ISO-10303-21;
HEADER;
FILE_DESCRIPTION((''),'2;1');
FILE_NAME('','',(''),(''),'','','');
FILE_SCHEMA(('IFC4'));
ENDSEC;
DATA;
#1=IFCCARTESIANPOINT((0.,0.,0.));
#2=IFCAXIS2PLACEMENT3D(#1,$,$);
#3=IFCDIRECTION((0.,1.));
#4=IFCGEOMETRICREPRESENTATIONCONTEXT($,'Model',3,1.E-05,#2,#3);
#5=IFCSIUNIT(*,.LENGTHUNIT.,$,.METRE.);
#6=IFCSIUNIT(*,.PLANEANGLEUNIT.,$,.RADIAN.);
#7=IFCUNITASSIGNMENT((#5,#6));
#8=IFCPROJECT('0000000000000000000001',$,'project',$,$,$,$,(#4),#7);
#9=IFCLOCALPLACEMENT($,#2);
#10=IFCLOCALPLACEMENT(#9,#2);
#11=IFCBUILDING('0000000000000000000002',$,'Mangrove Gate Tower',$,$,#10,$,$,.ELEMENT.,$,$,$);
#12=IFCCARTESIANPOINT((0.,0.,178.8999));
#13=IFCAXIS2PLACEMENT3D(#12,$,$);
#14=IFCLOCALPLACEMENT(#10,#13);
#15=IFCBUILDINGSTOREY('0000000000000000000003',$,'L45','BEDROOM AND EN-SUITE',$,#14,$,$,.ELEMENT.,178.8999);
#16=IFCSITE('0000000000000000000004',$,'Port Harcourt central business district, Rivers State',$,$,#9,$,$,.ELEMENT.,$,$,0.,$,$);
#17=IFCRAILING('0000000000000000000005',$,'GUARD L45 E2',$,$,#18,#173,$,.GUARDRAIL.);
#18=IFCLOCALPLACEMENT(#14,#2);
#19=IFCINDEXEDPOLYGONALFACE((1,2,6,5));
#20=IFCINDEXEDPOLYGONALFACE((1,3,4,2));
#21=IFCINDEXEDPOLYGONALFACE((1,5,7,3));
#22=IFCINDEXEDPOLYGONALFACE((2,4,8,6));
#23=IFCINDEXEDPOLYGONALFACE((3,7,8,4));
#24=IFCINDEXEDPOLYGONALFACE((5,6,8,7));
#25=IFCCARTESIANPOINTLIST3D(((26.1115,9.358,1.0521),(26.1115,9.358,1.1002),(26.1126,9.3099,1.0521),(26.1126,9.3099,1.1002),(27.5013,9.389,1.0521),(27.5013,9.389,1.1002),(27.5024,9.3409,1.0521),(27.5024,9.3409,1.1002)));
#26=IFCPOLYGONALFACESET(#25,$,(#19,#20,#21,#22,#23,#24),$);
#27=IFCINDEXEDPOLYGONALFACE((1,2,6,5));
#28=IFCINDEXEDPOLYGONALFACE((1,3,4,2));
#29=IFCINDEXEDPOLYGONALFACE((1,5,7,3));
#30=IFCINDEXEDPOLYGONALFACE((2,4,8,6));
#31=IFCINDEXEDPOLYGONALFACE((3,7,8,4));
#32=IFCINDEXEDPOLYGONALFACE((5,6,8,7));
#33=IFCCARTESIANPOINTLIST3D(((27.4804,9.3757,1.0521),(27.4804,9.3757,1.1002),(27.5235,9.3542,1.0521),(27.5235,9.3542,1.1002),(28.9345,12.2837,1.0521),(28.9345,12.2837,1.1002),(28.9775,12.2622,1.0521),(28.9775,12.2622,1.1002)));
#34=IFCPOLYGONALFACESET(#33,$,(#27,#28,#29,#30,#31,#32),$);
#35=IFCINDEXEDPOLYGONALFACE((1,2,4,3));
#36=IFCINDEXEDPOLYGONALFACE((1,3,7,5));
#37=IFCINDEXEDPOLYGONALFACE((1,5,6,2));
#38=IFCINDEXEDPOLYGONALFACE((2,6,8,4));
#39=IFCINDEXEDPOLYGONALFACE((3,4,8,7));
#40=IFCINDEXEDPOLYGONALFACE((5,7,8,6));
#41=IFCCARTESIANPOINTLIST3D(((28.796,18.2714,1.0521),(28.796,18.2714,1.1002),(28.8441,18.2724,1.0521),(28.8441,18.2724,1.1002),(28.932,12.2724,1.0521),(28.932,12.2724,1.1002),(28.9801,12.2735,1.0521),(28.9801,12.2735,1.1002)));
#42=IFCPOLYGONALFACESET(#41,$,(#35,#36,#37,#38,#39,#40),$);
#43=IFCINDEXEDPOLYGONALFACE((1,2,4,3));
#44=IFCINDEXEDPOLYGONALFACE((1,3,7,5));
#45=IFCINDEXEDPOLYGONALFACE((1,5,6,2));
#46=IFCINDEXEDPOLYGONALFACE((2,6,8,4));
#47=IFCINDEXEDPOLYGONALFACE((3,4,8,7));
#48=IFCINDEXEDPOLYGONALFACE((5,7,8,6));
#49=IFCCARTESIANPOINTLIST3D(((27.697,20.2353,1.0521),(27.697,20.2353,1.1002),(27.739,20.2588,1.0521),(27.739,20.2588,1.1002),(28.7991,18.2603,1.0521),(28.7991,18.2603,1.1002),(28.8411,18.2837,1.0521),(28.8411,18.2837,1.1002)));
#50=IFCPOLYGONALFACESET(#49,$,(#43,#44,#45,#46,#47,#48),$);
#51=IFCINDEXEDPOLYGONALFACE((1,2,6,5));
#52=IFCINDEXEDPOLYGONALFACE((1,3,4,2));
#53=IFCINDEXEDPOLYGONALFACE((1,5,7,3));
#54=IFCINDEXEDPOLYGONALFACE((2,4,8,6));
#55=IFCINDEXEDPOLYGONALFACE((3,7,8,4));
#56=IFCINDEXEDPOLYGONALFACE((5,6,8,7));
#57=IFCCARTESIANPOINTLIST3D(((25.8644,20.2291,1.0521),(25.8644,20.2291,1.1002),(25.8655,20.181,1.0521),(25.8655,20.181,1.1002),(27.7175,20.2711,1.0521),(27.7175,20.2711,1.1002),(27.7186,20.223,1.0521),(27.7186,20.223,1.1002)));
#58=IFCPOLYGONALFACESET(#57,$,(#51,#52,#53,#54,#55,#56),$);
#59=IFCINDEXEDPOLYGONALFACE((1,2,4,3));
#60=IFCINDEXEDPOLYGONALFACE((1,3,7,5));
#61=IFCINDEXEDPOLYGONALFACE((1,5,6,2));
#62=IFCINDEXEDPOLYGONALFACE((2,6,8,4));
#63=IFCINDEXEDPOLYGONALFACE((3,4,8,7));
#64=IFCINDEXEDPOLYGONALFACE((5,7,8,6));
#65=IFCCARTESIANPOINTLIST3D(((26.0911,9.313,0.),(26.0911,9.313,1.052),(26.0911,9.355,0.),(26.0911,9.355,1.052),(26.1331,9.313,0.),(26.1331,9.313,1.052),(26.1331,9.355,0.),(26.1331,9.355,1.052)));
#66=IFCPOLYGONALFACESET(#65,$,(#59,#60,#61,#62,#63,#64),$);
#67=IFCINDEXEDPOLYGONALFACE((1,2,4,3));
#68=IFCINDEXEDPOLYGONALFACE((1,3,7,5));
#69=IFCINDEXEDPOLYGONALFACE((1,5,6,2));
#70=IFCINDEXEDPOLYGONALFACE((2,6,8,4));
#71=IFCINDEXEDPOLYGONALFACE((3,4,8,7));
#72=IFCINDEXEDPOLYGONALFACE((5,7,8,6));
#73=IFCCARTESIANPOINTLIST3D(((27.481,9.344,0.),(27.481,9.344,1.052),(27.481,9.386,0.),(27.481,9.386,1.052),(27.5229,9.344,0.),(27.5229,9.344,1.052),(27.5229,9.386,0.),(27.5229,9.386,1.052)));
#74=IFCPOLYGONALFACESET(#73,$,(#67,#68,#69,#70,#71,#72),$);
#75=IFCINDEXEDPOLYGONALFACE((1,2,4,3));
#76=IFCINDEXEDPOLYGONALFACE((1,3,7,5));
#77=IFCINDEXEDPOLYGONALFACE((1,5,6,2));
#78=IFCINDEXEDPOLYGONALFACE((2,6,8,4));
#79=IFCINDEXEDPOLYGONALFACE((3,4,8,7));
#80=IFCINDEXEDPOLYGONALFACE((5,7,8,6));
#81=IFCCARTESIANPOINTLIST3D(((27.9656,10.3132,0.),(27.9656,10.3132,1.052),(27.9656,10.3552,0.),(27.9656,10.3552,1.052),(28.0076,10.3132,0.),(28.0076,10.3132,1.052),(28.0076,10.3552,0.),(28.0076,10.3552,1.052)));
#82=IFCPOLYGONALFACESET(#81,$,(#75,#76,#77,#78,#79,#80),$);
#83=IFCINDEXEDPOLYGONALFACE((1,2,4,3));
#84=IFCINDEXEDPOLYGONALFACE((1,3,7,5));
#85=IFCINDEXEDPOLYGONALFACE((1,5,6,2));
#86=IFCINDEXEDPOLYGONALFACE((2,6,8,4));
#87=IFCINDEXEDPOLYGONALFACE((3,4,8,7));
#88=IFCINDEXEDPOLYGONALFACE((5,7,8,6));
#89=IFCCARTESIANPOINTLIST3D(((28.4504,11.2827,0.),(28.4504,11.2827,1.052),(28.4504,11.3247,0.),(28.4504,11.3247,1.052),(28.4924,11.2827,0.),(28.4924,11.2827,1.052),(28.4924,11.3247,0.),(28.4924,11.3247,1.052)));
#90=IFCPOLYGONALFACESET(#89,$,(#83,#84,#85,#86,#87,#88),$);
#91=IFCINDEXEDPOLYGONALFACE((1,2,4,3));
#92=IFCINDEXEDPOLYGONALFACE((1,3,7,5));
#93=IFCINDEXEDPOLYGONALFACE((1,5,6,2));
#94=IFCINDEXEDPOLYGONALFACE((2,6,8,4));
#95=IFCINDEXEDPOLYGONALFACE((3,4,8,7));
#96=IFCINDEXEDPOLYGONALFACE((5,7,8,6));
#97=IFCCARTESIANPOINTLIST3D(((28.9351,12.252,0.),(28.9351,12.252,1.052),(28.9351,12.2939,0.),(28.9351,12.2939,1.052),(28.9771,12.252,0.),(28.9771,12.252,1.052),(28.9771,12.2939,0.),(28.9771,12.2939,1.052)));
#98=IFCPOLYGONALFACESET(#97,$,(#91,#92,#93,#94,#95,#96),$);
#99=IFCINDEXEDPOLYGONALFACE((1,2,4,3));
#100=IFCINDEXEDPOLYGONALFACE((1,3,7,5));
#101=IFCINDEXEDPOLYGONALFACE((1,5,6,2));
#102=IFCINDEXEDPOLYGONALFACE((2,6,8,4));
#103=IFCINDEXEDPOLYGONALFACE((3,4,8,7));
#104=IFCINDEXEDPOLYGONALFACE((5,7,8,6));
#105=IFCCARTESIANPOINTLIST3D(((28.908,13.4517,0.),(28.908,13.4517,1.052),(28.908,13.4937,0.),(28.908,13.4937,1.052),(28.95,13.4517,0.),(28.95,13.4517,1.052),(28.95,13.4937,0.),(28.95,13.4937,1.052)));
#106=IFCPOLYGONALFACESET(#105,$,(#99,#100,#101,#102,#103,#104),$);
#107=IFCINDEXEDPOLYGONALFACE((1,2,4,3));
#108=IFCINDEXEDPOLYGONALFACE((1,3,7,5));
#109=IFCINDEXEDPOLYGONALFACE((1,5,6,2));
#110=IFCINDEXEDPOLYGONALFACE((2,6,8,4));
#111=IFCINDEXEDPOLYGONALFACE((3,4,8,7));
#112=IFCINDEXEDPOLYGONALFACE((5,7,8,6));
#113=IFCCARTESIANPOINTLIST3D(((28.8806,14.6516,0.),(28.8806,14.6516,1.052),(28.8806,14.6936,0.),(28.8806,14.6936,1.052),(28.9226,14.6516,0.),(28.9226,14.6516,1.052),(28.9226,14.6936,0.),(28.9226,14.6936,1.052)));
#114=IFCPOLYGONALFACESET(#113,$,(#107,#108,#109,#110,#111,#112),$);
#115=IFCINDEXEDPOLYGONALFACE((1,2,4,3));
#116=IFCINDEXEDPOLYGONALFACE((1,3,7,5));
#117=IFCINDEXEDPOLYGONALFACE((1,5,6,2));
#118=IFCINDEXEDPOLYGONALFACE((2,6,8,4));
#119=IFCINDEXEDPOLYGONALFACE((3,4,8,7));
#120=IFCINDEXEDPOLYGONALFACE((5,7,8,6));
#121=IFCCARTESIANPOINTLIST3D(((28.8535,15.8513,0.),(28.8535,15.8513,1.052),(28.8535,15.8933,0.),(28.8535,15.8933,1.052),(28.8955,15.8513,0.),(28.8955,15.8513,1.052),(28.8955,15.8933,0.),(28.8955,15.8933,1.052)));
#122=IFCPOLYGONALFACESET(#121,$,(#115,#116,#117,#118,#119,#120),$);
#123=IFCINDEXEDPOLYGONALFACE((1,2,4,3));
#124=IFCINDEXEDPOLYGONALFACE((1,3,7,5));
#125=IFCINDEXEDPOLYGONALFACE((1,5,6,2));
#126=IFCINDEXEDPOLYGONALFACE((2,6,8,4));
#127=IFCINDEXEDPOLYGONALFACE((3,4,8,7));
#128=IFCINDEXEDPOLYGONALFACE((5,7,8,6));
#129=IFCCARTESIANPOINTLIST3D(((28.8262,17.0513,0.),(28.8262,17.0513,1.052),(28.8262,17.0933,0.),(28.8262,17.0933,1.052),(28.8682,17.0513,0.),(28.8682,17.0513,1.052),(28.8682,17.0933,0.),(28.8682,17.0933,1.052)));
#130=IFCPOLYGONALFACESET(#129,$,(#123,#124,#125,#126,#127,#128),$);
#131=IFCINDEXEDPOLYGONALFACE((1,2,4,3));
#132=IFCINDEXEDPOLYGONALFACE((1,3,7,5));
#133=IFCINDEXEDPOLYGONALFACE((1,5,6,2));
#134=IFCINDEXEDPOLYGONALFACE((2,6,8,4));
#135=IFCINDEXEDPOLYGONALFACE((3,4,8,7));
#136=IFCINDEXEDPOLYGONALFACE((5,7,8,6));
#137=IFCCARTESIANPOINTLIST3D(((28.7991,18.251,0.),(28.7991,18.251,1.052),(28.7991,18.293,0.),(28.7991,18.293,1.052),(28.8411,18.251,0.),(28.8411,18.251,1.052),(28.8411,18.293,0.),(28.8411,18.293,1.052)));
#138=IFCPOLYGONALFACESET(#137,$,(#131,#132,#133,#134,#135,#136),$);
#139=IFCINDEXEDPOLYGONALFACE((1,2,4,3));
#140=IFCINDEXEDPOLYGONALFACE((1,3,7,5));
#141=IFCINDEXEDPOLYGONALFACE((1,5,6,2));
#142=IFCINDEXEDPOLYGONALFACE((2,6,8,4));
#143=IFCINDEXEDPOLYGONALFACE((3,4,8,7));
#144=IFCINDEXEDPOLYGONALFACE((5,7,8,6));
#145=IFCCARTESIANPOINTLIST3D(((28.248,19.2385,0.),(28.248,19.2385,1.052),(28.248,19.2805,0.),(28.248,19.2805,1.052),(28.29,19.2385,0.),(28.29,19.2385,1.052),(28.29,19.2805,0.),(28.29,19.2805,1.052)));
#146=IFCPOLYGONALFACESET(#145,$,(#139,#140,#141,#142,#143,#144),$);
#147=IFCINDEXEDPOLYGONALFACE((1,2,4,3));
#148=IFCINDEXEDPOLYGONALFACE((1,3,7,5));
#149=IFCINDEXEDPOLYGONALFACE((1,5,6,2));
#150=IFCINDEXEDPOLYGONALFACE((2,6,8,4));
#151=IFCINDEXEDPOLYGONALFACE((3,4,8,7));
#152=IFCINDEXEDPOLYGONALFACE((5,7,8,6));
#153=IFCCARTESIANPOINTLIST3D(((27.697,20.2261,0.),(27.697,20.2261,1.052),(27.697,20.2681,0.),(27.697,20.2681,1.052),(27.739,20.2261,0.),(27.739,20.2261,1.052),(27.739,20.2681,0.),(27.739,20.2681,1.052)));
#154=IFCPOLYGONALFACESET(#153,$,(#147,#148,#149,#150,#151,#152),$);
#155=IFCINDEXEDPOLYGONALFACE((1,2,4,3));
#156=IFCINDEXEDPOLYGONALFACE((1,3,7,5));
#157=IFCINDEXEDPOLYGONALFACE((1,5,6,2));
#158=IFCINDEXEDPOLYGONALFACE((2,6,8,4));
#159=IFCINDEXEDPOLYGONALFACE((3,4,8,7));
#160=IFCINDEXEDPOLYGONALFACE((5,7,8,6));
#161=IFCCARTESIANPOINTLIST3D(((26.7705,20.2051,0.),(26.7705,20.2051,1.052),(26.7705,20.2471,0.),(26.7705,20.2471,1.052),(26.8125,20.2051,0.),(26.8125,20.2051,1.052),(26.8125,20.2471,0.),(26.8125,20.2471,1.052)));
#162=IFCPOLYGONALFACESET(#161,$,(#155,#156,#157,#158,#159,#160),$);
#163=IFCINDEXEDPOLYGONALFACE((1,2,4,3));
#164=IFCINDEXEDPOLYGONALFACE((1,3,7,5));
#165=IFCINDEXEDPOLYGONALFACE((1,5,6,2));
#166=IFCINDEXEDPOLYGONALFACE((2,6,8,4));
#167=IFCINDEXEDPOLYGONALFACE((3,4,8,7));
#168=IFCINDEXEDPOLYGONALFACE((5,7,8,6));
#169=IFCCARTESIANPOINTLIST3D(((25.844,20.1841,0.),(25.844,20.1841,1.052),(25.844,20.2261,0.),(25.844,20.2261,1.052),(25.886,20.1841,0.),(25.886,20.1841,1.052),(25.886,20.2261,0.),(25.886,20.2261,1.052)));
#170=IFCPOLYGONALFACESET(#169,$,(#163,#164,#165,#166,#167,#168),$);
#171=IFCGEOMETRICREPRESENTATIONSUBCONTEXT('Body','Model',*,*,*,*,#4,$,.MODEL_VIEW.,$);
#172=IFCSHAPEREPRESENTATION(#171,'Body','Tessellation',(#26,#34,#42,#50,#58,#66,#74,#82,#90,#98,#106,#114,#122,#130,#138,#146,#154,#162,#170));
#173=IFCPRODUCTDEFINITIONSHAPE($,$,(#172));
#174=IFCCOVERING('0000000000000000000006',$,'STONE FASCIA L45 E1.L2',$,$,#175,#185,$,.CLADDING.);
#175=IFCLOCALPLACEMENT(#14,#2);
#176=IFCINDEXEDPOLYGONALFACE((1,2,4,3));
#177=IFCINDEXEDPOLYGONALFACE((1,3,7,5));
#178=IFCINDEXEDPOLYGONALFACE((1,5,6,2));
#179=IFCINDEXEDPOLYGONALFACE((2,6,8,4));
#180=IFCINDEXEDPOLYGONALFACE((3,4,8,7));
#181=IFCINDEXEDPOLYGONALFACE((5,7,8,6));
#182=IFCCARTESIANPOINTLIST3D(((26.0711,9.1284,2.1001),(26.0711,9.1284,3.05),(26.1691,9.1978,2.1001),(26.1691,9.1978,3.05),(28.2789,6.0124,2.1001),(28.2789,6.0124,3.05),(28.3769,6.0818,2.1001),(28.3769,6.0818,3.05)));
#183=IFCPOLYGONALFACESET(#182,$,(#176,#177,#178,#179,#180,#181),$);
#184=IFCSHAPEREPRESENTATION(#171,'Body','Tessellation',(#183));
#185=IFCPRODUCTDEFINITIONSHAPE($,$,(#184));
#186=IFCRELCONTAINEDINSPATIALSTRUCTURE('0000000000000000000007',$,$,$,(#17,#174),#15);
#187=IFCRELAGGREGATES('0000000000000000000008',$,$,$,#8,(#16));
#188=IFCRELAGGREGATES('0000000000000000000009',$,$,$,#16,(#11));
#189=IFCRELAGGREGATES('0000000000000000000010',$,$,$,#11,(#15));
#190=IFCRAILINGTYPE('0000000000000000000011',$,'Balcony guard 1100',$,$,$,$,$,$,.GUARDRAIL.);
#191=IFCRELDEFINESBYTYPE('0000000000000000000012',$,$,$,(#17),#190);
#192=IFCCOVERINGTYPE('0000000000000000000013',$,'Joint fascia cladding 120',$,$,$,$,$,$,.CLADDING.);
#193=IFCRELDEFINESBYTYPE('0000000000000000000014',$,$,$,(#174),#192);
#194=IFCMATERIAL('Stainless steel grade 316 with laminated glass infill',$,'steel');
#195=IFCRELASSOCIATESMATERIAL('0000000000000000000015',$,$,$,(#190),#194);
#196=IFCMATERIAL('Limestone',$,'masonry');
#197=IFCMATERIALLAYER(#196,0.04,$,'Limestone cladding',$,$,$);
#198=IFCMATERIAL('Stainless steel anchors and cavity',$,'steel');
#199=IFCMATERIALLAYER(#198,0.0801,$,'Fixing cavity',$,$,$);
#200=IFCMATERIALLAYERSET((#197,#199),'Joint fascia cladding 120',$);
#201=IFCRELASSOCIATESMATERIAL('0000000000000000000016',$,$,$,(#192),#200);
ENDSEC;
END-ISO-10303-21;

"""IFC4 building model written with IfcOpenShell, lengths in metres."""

from ifc_helpers import new_model, si_unit, direction, frame, frame_2d, origin, origin_2d, place, context, subcontext, project, spatial, rectangle, extrude, material, layer, layer_set, type_object, element, save


model = new_model("IFC4")

# Units and contexts
model_context = context("Model", 3, precision=1e-05, world=origin(), true_north=direction((0.0, 1.0)))
body_context = subcontext(model_context, "Body", "Model", "MODEL_VIEW")
ifc_project = project(units=[si_unit("LENGTHUNIT", "METRE"), si_unit("PLANEANGLEUNIT", "RADIAN")], contexts=[model_context])

# Site, building, storey
site_placement = place(None, origin())
site = spatial("IfcSite", under=ifc_project, at=site_placement, Name="Port Harcourt central business district, Rivers State", CompositionType="ELEMENT", RefElevation=0.0)
building_placement = place(site_placement, origin())
building = spatial("IfcBuilding", under=site, at=building_placement, Name="Mangrove Gate Tower", CompositionType="ELEMENT")
storey_placement = place(building_placement, frame((0.0, 0.0, 178.8999)))
storey = spatial("IfcBuildingStorey", under=building, at=storey_placement, Name="L45", Description="BEDROOM AND EN-SUITE", CompositionType="ELEMENT", Elevation=178.8999)

# Shared definitions
ifc_material_1 = material(Name="Limestone", Category="masonry")

# Railing
ifc_material_2 = material(Name="Stainless steel grade 316 with laminated glass infill", Category="steel")
railing_type = type_object("IfcRailingType", Name="Balcony guard 1100", PredefinedType="GUARDRAIL", material=ifc_material_2)
railing_placement = place(storey_placement, frame((26.1121, 9.334, 0.0)))
element("IfcRailing", 1, at=railing_placement, inside=storey, type_object=railing_type, Name="GUARD L45 E2", PredefinedType="GUARDRAIL", context=body_context, shape_type="SweptSolid", body=[
    extrude(rectangle(XDim=0.0481, YDim=0.0481, at=origin_2d()), frame((0.0, 0.0, 1.0762), z_axis=(0.999751, 0.022303, 0.0), x_axis=(-0.022303, 0.999751, 0.0)), (0.0, 0.0, 1.0), 1.3901),
    extrude(rectangle(XDim=0.0481, YDim=0.0481, at=origin_2d()), frame((1.3899, 0.031, 1.0762), z_axis=(0.447244, 0.894412, 0.0), x_axis=(-0.894412, 0.447244, 0.0)), (0.0, 0.0, 1.0), 3.2512),
    extrude(rectangle(XDim=0.0481, YDim=0.0481, at=origin_2d()), frame((2.844, 2.939, 1.0762), z_axis=(-0.022662, 0.999743, 0.0), x_axis=(-0.999743, -0.022662, 0.0)), (0.0, 0.0, 1.0), 6.0005),
    extrude(rectangle(XDim=0.0481, YDim=0.0481, at=origin_2d()), frame((2.708, 8.938, 1.0762), z_axis=(-0.487255, 0.87326, 0.0), x_axis=(-0.87326, -0.487255, 0.0)), (0.0, 0.0, 1.0), 2.2617),
    extrude(rectangle(XDim=0.0481, YDim=0.0481, at=origin_2d()), frame((1.606, 10.9131, 1.0762), z_axis=(-0.999743, -0.022656, 0.0), x_axis=(0.022656, -0.999743, 0.0)), (0.0, 0.0, 1.0), 1.8535),
    extrude(rectangle(XDim=0.042, YDim=0.042, at=origin_2d()), origin(), (0.0, 0.0, 1.0), 1.052),
    extrude(rectangle(XDim=0.042, YDim=0.042, at=origin_2d()), frame((1.3899, 0.031, 0.0)), (0.0, 0.0, 1.0), 1.052),
    extrude(rectangle(XDim=0.042, YDim=0.042, at=origin_2d()), frame((1.8745, 1.0002, 0.0)), (0.0, 0.0, 1.0), 1.052),
    extrude(rectangle(XDim=0.042, YDim=0.042, at=origin_2d()), frame((2.3594, 1.9697, 0.0)), (0.0, 0.0, 1.0), 1.052),
    extrude(rectangle(XDim=0.042, YDim=0.042, at=origin_2d()), frame((2.844, 2.939, 0.0)), (0.0, 0.0, 1.0), 1.052),
    extrude(rectangle(XDim=0.042, YDim=0.042, at=origin_2d()), frame((2.8169, 4.1387, 0.0)), (0.0, 0.0, 1.0), 1.052),
    extrude(rectangle(XDim=0.042, YDim=0.042, at=origin_2d()), frame((2.7896, 5.3386, 0.0)), (0.0, 0.0, 1.0), 1.052),
    extrude(rectangle(XDim=0.042, YDim=0.042, at=origin_2d()), frame((2.7625, 6.5383, 0.0)), (0.0, 0.0, 1.0), 1.052),
    extrude(rectangle(XDim=0.042, YDim=0.042, at=origin_2d()), frame((2.7351, 7.7383, 0.0)), (0.0, 0.0, 1.0), 1.052),
    extrude(rectangle(XDim=0.042, YDim=0.042, at=origin_2d()), frame((2.708, 8.938, 0.0)), (0.0, 0.0, 1.0), 1.052),
    extrude(rectangle(XDim=0.042, YDim=0.042, at=origin_2d()), frame((2.157, 9.9255, 0.0)), (0.0, 0.0, 1.0), 1.052),
    extrude(rectangle(XDim=0.042, YDim=0.042, at=origin_2d()), frame((1.606, 10.9131, 0.0)), (0.0, 0.0, 1.0), 1.052),
    extrude(rectangle(XDim=0.042, YDim=0.042, at=origin_2d()), frame((0.6794, 10.8921, 0.0)), (0.0, 0.0, 1.0), 1.052),
    extrude(rectangle(XDim=0.042, YDim=0.042, at=origin_2d()), frame((-0.2471, 10.8711, 0.0)), (0.0, 0.0, 1.0), 1.052),
])

# Covering
ifc_layer_1 = layer(ifc_material_1, 0.04, Name="Limestone cladding")
ifc_material_3 = material(Name="Stainless steel anchors and cavity", Category="steel")
ifc_layer_2 = layer(ifc_material_3, 0.0801, Name="Fixing cavity")
ifc_layer_set_1 = layer_set([ifc_layer_1, ifc_layer_2], Name="Joint fascia cladding 120")
covering_type = type_object("IfcCoveringType", Name="Joint fascia cladding 120", PredefinedType="CLADDING", material=ifc_layer_set_1)
covering_placement = place(storey_placement, frame((28.3279, 6.0471, 2.1001), z_axis=(0.0, 0.0, 1.0), x_axis=(-0.578126, 0.815948, 0.0)))
element("IfcCovering", 2, at=covering_placement, inside=storey, type_object=covering_type, Name="STONE FASCIA L45 E1.L2", PredefinedType="CLADDING", context=body_context, shape_type="SweptSolid", body=[
    extrude(rectangle(XDim=3.8188, YDim=0.1201, at=frame_2d((1.9094, 0.0))), origin(), (0.0, 0.0, 1.0), 0.95),
])

save(model, "model.ifc")
